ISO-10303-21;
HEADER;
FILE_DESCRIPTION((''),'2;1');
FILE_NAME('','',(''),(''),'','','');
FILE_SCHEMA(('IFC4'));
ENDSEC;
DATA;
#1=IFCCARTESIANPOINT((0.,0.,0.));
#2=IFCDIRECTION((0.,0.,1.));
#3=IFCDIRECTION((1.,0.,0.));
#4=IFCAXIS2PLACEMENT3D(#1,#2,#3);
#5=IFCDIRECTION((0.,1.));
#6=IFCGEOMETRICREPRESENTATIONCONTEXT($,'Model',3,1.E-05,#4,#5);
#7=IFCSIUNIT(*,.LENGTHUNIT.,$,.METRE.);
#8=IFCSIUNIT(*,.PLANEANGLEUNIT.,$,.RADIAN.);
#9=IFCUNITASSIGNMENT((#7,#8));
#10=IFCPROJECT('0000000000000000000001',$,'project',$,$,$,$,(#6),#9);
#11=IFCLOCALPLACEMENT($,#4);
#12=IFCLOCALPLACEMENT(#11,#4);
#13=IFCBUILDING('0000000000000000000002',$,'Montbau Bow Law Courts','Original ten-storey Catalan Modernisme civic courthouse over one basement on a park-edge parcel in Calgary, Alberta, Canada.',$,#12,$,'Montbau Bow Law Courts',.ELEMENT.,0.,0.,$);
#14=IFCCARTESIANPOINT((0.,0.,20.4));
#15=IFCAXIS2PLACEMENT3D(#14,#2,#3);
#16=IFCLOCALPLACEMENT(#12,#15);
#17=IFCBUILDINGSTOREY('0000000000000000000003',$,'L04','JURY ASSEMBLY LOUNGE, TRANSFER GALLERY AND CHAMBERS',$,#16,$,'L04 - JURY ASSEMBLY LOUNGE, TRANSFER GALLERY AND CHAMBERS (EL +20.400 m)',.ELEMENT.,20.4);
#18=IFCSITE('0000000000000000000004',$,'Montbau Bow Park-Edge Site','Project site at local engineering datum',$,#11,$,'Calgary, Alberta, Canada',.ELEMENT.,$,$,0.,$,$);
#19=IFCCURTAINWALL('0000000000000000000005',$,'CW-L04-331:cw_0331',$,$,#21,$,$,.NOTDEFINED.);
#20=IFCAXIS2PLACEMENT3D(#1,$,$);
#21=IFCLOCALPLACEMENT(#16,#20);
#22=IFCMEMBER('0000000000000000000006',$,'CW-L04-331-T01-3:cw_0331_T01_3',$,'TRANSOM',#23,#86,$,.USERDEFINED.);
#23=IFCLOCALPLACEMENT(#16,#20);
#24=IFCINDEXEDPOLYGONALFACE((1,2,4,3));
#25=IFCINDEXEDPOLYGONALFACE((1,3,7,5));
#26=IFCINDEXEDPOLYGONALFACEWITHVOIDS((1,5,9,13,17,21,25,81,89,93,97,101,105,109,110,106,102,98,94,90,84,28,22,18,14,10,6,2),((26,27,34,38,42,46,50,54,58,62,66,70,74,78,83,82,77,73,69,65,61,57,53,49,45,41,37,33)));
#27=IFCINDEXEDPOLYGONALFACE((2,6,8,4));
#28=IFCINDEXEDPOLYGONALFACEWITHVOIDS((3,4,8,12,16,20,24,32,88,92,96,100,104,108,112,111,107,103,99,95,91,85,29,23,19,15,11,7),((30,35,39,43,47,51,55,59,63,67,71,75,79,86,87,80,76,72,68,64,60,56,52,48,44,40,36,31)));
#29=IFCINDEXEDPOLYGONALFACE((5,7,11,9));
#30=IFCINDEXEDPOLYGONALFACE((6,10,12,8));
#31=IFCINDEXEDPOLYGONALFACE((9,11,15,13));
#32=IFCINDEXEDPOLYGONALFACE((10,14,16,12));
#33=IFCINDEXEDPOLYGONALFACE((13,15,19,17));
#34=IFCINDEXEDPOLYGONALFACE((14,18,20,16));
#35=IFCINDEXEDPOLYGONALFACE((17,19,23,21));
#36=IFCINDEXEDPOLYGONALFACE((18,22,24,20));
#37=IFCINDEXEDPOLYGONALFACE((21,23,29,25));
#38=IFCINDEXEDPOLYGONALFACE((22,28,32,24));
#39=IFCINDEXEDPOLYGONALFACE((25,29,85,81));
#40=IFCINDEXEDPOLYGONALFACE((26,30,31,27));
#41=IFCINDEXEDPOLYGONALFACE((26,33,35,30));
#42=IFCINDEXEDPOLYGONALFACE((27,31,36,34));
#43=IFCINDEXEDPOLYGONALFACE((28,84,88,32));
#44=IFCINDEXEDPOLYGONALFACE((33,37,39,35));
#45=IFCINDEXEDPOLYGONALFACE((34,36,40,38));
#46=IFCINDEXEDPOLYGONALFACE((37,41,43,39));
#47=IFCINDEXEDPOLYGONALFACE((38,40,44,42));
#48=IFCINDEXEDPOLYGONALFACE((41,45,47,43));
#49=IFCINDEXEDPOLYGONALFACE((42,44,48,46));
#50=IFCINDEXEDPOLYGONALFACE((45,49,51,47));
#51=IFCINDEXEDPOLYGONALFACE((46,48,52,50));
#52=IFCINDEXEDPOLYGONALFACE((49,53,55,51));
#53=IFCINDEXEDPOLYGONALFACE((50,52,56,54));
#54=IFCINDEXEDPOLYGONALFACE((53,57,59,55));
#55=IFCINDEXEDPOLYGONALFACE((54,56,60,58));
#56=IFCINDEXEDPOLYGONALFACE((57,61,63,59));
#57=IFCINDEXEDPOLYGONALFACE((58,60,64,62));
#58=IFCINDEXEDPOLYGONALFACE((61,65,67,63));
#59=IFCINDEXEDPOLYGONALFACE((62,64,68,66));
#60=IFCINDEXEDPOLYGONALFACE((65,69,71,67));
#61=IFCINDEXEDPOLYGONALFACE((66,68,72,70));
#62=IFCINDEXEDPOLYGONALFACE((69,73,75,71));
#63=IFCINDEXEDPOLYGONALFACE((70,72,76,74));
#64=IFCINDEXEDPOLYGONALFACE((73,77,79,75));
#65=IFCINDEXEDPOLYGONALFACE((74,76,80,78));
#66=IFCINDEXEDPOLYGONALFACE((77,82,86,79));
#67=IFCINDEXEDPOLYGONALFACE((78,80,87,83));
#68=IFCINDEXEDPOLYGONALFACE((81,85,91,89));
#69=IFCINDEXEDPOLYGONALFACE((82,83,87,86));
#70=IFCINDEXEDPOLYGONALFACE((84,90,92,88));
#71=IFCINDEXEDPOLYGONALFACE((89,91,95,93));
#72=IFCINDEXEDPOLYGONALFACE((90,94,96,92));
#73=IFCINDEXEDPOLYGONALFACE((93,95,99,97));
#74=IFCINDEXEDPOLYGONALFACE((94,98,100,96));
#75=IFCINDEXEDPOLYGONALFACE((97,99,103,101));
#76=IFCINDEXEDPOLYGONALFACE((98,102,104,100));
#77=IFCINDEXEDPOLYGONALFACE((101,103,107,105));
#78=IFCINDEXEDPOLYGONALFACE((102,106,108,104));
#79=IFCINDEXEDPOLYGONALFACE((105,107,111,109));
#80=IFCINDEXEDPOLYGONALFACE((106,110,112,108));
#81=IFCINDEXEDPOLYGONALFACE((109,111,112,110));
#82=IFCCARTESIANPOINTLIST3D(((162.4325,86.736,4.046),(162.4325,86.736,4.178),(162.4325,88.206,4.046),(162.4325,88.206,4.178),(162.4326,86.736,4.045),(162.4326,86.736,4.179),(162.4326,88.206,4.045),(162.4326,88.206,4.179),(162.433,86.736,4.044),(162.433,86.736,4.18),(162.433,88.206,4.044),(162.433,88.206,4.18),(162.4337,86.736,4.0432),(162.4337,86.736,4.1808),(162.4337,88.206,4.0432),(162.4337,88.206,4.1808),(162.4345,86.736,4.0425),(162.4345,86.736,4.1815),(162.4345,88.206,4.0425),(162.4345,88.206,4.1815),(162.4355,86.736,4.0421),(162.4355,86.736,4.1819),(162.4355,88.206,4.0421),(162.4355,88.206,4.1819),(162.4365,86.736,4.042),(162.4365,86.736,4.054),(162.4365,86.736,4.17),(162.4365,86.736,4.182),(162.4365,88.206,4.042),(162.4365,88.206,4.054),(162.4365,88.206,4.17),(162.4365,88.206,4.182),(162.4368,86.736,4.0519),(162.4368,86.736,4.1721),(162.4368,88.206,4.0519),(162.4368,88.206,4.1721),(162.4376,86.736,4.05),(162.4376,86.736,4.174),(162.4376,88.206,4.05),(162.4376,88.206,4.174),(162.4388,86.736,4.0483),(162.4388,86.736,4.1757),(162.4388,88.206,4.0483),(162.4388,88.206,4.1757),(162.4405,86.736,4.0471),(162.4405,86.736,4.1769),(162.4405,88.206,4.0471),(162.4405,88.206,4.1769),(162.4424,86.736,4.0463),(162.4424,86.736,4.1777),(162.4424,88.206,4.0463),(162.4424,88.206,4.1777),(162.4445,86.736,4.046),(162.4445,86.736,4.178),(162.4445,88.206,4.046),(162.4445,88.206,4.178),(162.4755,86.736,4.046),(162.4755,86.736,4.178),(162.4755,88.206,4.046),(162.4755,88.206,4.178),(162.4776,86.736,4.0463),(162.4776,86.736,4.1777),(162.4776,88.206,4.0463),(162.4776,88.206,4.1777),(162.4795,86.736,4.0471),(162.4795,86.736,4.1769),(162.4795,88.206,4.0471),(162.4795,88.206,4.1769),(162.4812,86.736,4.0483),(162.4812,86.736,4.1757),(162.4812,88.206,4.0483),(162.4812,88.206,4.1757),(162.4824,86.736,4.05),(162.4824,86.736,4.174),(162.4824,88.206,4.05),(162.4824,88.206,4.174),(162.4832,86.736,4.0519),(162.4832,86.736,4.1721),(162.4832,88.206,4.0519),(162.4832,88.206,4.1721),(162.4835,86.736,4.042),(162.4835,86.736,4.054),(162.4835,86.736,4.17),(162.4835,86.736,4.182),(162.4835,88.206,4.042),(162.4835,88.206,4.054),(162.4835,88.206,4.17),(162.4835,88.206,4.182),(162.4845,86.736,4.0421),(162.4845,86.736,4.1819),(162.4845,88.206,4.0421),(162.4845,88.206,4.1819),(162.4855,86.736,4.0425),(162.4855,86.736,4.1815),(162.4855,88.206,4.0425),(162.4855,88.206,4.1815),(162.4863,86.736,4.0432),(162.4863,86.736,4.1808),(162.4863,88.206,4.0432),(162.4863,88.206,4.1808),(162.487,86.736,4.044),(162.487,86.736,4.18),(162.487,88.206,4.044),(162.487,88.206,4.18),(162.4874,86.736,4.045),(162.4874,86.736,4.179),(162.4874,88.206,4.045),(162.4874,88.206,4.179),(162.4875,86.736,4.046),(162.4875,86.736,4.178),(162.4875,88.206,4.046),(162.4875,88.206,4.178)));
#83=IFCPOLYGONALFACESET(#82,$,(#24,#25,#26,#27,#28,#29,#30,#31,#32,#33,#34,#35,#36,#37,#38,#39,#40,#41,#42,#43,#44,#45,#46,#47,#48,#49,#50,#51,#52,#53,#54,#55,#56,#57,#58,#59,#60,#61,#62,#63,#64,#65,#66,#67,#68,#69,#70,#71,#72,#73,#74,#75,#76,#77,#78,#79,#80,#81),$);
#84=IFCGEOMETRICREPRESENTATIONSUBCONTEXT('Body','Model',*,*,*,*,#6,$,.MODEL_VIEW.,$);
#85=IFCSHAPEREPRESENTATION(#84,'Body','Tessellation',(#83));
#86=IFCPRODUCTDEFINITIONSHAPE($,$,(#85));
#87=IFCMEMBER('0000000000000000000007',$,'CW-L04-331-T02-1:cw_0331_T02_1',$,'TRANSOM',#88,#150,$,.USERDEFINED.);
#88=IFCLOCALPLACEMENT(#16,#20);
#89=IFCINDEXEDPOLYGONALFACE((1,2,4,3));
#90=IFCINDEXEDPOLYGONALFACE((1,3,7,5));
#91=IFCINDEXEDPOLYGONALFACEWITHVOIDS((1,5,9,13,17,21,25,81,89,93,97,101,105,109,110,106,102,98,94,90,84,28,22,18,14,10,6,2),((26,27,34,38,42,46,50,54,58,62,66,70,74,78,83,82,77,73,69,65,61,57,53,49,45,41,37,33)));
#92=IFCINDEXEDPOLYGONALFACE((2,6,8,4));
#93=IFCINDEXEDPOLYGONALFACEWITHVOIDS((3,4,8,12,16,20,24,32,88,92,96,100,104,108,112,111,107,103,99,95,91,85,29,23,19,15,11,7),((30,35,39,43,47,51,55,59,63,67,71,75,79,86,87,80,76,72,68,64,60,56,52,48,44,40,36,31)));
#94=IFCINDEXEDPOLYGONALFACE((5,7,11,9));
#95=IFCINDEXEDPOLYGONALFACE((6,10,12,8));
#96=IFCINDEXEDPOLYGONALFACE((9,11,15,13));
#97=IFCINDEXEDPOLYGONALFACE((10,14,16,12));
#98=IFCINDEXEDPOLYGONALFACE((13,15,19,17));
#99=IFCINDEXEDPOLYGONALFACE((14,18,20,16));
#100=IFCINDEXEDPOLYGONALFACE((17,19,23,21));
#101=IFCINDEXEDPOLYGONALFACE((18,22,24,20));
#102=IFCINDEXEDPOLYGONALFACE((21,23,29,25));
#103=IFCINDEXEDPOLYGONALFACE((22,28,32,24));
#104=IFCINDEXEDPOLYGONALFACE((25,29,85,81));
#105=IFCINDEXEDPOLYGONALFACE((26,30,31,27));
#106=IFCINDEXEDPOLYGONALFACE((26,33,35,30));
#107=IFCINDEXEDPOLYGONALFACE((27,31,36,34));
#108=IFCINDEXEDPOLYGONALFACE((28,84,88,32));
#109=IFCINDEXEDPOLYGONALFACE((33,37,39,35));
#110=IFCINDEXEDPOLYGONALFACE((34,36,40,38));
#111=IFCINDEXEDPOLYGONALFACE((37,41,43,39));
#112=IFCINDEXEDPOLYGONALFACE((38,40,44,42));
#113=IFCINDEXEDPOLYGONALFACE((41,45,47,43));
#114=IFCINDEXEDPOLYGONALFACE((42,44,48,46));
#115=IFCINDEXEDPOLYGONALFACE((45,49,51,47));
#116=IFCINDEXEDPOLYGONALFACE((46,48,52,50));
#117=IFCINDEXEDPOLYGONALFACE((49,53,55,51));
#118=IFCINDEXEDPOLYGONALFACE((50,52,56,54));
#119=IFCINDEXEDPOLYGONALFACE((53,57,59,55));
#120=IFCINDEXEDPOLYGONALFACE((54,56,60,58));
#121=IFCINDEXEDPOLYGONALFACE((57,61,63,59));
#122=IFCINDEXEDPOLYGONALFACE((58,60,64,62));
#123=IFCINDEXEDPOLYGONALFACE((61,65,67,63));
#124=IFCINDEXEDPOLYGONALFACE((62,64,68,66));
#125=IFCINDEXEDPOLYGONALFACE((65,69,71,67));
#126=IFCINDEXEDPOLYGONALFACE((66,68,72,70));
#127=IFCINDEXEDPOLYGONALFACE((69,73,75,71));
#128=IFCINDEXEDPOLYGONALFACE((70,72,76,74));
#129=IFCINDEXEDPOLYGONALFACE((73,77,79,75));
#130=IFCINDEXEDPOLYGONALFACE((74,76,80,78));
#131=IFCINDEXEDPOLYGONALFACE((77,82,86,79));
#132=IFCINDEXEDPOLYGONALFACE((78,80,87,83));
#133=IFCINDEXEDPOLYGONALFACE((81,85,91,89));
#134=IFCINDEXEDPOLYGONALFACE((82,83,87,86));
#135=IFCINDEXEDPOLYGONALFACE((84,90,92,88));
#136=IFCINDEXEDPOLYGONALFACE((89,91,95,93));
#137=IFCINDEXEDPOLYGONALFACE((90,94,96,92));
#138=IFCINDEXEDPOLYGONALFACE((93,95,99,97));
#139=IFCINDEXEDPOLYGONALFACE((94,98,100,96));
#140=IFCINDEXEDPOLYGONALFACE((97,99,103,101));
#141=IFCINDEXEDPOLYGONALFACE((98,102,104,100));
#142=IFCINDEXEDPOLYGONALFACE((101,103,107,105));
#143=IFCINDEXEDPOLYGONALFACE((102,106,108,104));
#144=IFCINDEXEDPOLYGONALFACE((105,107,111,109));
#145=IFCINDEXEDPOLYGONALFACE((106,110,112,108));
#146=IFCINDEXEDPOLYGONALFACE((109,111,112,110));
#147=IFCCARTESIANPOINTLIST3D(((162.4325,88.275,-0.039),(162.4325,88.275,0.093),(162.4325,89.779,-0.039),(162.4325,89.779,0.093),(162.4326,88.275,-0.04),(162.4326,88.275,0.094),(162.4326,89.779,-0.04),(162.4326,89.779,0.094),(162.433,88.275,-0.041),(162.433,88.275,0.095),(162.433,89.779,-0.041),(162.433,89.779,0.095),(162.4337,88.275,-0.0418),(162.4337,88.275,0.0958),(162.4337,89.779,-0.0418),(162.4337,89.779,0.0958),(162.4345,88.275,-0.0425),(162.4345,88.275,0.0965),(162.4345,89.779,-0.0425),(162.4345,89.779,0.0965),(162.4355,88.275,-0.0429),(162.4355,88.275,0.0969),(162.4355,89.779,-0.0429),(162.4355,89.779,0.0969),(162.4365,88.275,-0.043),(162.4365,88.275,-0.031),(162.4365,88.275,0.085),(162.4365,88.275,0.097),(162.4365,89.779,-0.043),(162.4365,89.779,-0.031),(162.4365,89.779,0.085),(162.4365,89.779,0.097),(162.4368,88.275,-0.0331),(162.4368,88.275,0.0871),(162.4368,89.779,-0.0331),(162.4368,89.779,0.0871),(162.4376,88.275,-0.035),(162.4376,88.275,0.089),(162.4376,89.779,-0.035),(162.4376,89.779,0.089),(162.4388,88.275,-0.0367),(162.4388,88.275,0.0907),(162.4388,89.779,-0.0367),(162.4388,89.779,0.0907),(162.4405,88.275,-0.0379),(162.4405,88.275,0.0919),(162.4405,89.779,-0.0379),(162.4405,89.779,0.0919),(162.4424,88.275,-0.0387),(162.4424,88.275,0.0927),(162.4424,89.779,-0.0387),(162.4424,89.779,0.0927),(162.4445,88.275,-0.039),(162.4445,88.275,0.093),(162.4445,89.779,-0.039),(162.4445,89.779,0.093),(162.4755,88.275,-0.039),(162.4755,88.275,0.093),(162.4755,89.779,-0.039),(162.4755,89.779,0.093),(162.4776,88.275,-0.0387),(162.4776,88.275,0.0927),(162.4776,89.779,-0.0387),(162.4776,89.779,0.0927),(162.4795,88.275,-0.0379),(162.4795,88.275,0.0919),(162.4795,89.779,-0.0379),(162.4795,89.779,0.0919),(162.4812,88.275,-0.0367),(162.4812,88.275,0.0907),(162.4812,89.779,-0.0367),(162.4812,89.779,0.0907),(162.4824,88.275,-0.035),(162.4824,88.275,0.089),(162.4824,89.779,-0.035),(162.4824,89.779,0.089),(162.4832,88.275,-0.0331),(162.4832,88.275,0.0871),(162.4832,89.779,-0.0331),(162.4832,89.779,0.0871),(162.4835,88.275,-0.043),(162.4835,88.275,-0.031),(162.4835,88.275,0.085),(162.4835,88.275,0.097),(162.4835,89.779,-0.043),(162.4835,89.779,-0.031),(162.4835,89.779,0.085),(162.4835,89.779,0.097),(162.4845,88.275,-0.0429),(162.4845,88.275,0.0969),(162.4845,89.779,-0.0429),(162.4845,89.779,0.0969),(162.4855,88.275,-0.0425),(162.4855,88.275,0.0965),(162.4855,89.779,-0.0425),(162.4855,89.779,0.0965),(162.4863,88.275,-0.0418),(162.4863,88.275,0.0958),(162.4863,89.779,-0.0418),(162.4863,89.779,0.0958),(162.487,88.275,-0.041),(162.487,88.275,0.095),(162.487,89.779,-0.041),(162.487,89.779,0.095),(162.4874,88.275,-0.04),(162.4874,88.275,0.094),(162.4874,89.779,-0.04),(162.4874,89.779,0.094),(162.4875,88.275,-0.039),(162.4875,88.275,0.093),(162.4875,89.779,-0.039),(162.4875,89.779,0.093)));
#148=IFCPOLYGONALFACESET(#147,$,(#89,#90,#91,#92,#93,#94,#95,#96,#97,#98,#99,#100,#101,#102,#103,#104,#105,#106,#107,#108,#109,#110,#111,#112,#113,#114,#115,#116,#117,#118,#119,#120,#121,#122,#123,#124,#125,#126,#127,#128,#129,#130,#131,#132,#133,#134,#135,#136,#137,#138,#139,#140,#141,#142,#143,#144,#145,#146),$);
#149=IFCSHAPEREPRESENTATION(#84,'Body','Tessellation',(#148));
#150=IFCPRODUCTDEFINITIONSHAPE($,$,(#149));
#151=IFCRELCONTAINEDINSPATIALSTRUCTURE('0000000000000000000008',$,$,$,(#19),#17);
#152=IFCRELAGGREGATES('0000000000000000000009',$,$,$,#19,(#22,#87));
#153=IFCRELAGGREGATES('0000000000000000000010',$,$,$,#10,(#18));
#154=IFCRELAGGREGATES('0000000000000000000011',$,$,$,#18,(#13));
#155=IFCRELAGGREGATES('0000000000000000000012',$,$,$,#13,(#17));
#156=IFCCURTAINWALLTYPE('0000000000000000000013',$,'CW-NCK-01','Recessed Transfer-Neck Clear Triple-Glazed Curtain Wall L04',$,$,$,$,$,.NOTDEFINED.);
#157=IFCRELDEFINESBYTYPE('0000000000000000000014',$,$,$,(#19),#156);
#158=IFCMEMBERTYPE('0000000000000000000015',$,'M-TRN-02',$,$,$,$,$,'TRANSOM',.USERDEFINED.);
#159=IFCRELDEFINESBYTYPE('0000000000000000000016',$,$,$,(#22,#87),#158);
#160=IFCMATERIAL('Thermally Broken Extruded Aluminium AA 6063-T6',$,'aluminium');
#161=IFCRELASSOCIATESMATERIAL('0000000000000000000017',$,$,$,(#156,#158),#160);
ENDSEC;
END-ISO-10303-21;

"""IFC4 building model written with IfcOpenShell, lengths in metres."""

from ifc_helpers import new_model, si_unit, direction, frame, origin_with_axes, origin_2d_with_axis, place, context, subcontext, project, spatial, hollow_rectangle, extrude, material, material_profile, profile_set, type_object, element, aggregate, save


model = new_model("IFC4")

# Units and contexts
model_context = context("Model", 3, precision=1e-05, world=origin_with_axes(), true_north=direction((0.0, 1.0)))
body_context = subcontext(model_context, "Body", "Model", "MODEL_VIEW")
ifc_project = project(units=[si_unit("LENGTHUNIT", "METRE"), si_unit("PLANEANGLEUNIT", "RADIAN")], contexts=[model_context])

# Site, building, storey
site_placement = place(None, origin_with_axes())
site = spatial("IfcSite", under=ifc_project, at=site_placement, Name="Montbau Bow Park-Edge Site", Description="Project site at local engineering datum", LongName="Calgary, Alberta, Canada", CompositionType="ELEMENT", RefElevation=0.0)
building_placement = place(site_placement, origin_with_axes())
building = spatial("IfcBuilding", under=site, at=building_placement, Name="Montbau Bow Law Courts", Description="Original ten-storey Catalan Modernisme civic courthouse over one basement on a park-edge parcel in Calgary, Alberta, Canada.", LongName="Montbau Bow Law Courts", CompositionType="ELEMENT", ElevationOfRefHeight=0.0, ElevationOfTerrain=0.0)
storey_placement = place(building_placement, frame((0.0, 0.0, 20.4), z_axis=(0.0, 0.0, 1.0), x_axis=(1.0, 0.0, 0.0)))
storey = spatial("IfcBuildingStorey", under=building, at=storey_placement, Name="L04", Description="JURY ASSEMBLY LOUNGE, TRANSFER GALLERY AND CHAMBERS", LongName="L04 - JURY ASSEMBLY LOUNGE, TRANSFER GALLERY AND CHAMBERS (EL +20.400 m)", CompositionType="ELEMENT", Elevation=20.4)

# Shared definitions
ifc_material_1 = material(Name="Thermally Broken Extruded Aluminium AA 6063-T6", Category="aluminium")
curtain_wall_type = type_object("IfcCurtainWallType", Name="CW-NCK-01", Description="Recessed Transfer-Neck Clear Triple-Glazed Curtain Wall L04", PredefinedType="NOTDEFINED", material=ifc_material_1)

# Curtain wall, members
curtain_wall_1_placement = place(None, frame((162.46, 86.668, 20.4), z_axis=(0.0, 0.0, 1.0), x_axis=(1.0, 0.0, 0.0)))
curtain_wall_1 = element("IfcCurtainWall", 1, at=curtain_wall_1_placement, inside=storey, type_object=curtain_wall_type, Name="CW-L04-331:cw_0331", PredefinedType="NOTDEFINED")
ifc_material_profile_1 = material_profile(ifc_material_1, hollow_rectangle(XDim=0.055, YDim=0.14, WallThickness=0.004, InnerFilletRadius=0.008, OuterFilletRadius=0.004, at=origin_2d_with_axis()), Name="CWT-140X55", Category="Main", Priority=0)
ifc_profile_set_1 = profile_set([ifc_material_profile_1], Name="Thermally Broken Extruded Aluminium AA 6063-T6")
member_type_1 = type_object("IfcMemberType", Name="M-TRN-02", ElementType="TRANSOM", PredefinedType="USERDEFINED", material=ifc_profile_set_1)
member_1_placement = place(None, frame((162.46, 86.736, 24.512), z_axis=(0.0, 1.0, 0.0), x_axis=(-1.0, 0.0, 0.0)))
member_1 = element("IfcMember", 2, at=member_1_placement, type_object=member_type_1, Name="CW-L04-331-T01-3:cw_0331_T01_3", ObjectType="TRANSOM", PredefinedType="USERDEFINED", context=body_context, shape_type="SweptSolid", body=[
    extrude(hollow_rectangle(XDim=0.055, YDim=0.14, WallThickness=0.004, InnerFilletRadius=0.008, OuterFilletRadius=0.004, at=origin_2d_with_axis()), origin_with_axes(), (0.0, 0.0, 1.0), 1.47),
])
member_2_placement = place(None, frame((162.46, 88.275, 20.427), z_axis=(0.0, 1.0, 0.0), x_axis=(-1.0, 0.0, 0.0)))
member_2 = element("IfcMember", 3, at=member_2_placement, type_object=member_type_1, Name="CW-L04-331-T02-1:cw_0331_T02_1", ObjectType="TRANSOM", PredefinedType="USERDEFINED", context=body_context, shape_type="SweptSolid", body=[
    extrude(hollow_rectangle(XDim=0.055, YDim=0.14, WallThickness=0.004, InnerFilletRadius=0.008, OuterFilletRadius=0.004, at=origin_2d_with_axis()), origin_with_axes(), (0.0, 0.0, 1.0), 1.504),
])
aggregate(curtain_wall_1, [member_1, member_2])

save(model, "model.ifc")
